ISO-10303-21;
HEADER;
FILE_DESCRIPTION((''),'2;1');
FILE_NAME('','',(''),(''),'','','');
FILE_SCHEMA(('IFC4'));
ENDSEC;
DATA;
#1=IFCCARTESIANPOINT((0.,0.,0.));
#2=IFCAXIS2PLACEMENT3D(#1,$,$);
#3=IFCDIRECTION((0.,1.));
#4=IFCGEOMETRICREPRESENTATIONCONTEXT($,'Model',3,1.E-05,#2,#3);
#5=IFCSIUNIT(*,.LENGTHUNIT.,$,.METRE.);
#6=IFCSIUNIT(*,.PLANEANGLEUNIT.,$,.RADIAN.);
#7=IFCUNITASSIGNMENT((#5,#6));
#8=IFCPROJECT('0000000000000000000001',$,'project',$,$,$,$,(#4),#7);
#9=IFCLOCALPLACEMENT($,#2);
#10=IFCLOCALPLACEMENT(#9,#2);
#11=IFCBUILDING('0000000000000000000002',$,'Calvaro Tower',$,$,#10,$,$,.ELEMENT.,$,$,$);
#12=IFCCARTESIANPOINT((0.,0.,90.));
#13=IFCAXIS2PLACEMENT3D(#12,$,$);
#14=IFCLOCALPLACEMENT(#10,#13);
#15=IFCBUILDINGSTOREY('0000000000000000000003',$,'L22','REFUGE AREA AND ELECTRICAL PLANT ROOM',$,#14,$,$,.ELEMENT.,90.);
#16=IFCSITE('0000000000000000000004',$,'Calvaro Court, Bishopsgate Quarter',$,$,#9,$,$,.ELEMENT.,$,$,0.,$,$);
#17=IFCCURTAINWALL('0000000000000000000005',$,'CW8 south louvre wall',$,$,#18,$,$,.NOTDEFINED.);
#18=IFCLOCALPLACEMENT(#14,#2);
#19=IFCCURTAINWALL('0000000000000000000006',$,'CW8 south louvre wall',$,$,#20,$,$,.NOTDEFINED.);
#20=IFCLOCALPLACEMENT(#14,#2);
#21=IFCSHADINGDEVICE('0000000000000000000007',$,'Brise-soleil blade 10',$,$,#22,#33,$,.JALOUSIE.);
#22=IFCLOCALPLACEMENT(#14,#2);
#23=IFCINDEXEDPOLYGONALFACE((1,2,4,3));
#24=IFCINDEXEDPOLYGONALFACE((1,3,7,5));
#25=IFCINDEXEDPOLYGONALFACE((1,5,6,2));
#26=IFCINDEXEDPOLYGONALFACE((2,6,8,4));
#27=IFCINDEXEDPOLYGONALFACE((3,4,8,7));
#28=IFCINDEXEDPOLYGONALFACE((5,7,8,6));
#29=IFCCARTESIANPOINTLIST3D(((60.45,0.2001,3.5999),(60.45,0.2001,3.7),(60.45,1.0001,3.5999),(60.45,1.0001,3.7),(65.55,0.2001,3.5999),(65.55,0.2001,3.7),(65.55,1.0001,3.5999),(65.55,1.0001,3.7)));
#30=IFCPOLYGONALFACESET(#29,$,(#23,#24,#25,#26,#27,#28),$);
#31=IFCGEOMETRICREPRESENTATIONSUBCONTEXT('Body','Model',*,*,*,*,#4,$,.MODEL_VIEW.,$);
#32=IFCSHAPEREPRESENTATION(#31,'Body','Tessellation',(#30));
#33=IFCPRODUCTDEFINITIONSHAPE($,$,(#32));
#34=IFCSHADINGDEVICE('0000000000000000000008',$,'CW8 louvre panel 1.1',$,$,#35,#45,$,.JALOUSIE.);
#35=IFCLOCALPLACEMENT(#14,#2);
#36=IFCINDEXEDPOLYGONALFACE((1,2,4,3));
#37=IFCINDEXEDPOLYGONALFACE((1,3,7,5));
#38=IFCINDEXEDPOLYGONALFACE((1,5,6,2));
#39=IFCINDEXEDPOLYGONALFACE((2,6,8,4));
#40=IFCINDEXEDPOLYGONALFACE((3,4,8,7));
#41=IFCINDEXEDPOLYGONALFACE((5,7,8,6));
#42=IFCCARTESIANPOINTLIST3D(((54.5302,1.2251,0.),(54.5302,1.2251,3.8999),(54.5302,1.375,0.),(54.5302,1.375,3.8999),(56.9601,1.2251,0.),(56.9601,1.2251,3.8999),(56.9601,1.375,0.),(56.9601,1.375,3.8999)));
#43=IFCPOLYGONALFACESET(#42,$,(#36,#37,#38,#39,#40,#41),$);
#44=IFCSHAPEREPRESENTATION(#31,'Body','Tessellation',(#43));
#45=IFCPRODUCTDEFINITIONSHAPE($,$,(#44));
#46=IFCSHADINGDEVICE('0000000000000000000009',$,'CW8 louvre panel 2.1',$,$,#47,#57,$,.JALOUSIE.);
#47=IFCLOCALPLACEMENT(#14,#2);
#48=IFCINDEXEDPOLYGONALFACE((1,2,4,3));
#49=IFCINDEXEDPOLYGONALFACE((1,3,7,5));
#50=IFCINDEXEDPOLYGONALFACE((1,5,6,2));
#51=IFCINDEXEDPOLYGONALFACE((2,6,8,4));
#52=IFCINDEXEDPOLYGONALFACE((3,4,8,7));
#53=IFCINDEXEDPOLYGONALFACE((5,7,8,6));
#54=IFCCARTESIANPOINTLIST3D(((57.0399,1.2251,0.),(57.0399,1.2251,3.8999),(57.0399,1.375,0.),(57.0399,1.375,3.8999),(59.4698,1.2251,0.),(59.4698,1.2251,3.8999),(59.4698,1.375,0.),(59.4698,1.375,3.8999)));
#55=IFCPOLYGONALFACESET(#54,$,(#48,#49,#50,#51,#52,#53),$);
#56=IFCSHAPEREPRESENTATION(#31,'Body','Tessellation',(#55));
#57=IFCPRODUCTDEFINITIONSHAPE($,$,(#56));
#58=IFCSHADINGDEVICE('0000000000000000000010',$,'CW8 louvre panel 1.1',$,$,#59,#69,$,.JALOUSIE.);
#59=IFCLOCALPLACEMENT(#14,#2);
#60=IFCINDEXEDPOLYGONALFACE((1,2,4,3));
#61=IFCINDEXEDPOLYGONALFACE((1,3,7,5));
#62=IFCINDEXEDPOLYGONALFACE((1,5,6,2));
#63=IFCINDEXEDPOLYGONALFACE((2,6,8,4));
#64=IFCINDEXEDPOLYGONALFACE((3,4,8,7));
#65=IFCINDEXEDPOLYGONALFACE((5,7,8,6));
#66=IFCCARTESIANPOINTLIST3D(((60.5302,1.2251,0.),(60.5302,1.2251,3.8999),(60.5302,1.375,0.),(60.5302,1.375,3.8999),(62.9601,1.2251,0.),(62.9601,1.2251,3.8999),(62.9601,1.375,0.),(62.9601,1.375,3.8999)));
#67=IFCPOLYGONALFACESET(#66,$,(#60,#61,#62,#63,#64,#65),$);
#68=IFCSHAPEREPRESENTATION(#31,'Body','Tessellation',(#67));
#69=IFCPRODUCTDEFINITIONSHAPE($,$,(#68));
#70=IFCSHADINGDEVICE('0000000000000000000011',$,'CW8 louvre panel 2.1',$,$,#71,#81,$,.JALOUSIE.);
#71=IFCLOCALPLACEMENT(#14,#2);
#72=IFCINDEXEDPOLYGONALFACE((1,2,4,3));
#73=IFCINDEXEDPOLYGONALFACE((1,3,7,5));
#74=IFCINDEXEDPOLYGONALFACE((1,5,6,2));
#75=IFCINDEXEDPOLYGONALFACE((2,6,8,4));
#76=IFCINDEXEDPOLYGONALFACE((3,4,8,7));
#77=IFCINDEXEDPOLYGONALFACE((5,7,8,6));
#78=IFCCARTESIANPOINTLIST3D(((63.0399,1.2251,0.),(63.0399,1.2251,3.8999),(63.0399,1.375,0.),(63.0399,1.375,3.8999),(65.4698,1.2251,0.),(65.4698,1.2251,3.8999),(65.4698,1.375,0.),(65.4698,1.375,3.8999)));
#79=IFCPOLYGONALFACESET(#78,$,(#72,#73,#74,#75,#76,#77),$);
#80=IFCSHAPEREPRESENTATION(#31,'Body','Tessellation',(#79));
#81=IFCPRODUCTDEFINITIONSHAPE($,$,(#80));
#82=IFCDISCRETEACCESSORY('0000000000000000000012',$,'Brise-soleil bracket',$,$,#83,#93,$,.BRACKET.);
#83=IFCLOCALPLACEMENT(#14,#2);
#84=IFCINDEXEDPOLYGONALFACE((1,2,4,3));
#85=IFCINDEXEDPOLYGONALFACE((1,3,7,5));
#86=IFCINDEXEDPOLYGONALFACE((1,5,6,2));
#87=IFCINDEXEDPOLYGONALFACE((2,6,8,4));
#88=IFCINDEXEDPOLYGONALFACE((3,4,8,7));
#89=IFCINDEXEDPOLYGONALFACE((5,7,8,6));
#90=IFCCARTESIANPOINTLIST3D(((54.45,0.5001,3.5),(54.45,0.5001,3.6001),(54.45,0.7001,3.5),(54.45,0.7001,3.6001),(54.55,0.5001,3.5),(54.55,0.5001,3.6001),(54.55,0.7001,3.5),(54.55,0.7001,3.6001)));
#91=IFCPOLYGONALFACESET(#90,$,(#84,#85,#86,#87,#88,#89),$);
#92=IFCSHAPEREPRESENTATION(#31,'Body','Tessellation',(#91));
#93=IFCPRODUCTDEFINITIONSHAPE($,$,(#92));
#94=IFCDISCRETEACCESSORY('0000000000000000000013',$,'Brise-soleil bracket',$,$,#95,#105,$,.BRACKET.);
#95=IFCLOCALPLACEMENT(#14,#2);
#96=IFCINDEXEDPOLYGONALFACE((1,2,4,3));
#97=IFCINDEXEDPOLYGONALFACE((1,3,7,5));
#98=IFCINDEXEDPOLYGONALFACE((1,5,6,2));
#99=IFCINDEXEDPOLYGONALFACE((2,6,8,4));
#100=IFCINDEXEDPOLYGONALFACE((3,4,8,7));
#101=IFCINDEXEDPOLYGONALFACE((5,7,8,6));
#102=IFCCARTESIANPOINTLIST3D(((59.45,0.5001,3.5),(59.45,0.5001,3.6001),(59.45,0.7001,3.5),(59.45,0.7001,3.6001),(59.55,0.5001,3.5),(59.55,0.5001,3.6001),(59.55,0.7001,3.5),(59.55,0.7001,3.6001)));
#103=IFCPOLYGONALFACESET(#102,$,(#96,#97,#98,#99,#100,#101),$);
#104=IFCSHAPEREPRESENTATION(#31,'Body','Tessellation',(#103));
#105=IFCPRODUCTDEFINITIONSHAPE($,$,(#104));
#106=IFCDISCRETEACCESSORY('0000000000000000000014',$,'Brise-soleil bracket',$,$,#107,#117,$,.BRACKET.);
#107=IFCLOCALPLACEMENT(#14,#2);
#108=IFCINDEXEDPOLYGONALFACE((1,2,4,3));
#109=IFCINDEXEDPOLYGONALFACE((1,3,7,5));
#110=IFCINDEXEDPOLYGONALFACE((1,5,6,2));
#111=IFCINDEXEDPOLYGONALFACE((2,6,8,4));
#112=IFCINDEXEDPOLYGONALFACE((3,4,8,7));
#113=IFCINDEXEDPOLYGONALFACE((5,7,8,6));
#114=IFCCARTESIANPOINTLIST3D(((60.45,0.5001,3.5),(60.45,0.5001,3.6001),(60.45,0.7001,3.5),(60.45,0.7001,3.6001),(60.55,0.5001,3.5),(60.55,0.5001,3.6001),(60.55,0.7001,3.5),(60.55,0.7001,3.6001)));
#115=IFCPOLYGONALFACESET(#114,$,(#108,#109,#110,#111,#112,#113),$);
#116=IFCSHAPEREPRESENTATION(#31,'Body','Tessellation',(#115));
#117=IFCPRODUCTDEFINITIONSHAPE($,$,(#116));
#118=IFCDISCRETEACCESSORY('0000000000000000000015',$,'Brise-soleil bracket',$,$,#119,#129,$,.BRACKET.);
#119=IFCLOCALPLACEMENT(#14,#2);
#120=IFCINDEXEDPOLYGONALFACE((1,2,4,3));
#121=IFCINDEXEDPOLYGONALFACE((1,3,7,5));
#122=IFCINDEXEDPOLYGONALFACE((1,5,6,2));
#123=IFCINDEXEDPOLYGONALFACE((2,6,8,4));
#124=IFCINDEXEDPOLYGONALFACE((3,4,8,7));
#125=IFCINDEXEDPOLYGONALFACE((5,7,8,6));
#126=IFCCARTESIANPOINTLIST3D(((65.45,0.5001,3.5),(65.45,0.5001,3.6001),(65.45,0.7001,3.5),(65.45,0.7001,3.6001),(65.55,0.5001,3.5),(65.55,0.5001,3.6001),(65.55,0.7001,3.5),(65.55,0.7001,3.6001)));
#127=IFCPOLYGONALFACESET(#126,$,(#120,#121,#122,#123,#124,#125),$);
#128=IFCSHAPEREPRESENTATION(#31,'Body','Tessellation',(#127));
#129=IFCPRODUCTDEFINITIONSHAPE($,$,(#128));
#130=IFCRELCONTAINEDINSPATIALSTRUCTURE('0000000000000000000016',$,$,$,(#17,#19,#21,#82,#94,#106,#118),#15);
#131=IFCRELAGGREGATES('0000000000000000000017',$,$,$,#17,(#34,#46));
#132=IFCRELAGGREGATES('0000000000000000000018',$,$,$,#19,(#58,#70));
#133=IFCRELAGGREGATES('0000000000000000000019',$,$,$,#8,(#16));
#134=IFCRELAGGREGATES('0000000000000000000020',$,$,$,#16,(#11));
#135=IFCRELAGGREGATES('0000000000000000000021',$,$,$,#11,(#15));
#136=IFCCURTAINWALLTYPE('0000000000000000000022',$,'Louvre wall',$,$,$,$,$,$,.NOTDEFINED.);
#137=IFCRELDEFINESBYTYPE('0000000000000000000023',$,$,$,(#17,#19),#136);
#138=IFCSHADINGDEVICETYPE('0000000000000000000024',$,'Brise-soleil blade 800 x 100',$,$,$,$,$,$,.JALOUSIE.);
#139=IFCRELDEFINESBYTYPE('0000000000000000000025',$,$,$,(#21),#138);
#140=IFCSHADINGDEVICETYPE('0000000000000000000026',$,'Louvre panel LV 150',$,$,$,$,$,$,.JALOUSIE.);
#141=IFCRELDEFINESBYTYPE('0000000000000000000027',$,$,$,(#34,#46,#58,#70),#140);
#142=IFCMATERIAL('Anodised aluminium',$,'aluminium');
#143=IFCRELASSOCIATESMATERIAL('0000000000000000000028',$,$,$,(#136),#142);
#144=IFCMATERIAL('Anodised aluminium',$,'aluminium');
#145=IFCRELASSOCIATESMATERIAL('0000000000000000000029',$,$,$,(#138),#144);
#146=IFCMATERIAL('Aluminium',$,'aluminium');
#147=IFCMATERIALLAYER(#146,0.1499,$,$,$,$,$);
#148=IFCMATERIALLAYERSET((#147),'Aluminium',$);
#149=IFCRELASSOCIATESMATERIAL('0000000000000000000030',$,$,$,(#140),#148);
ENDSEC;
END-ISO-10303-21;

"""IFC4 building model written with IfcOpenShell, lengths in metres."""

from ifc_helpers import new_model, si_unit, direction, frame, origin, origin_2d, place, context, subcontext, project, spatial, rectangle, extrude, material, layer, layer_set, material_profile, profile_set, type_object, element, aggregate, save


model = new_model("IFC4")

# Units and contexts
model_context = context("Model", 3, precision=1e-05, world=origin(), true_north=direction((0.0, 1.0)))
body_context = subcontext(model_context, "Body", "Model", "MODEL_VIEW")
ifc_project = project(units=[si_unit("LENGTHUNIT", "METRE"), si_unit("PLANEANGLEUNIT", "RADIAN")], contexts=[model_context])

# Site, building, storey
site_placement = place(None, origin())
site = spatial("IfcSite", under=ifc_project, at=site_placement, Name="Calvaro Court, Bishopsgate Quarter", CompositionType="ELEMENT", RefElevation=0.0)
building_placement = place(site_placement, origin())
building = spatial("IfcBuilding", under=site, at=building_placement, Name="Calvaro Tower", CompositionType="ELEMENT")
storey_placement = place(building_placement, frame((0.0, 0.0, 90.0)))
storey = spatial("IfcBuildingStorey", under=building, at=storey_placement, Name="L22", Description="REFUGE AREA AND ELECTRICAL PLANT ROOM", CompositionType="ELEMENT", Elevation=90.0)

# Curtain walls
ifc_material_1 = material(Name="Anodised aluminium", Category="aluminium")
curtain_wall_type = type_object("IfcCurtainWallType", Name="Louvre wall", PredefinedType="NOTDEFINED", material=ifc_material_1)
curtain_wall_1_placement = place(storey_placement, origin())
curtain_wall_1 = element("IfcCurtainWall", 1, at=curtain_wall_1_placement, inside=storey, type_object=curtain_wall_type, Name="CW8 south louvre wall", PredefinedType="NOTDEFINED")
curtain_wall_2_placement = place(storey_placement, origin())
curtain_wall_2 = element("IfcCurtainWall", 2, at=curtain_wall_2_placement, inside=storey, type_object=curtain_wall_type, Name="CW8 south louvre wall", PredefinedType="NOTDEFINED")

# Shading devices
ifc_material_2 = material(Name="Anodised aluminium", Category="aluminium")
ifc_material_profile_1 = material_profile(ifc_material_2, rectangle(XDim=0.8, YDim=0.1001, at=origin_2d()), Name="Brise-soleil blade 800 x 100")
ifc_profile_set_1 = profile_set([ifc_material_profile_1], Name="Anodised aluminium")
shading_device_type_1 = type_object("IfcShadingDeviceType", Name="Brise-soleil blade 800 x 100", PredefinedType="JALOUSIE", material=ifc_profile_set_1)
shading_device_1_placement = place(storey_placement, frame((60.45, 0.6001, 3.6499), z_axis=(1.0, 0.0, 0.0), x_axis=(0.0, 1.0, 0.0)))
element("IfcShadingDevice", 3, at=shading_device_1_placement, inside=storey, type_object=shading_device_type_1, Name="Brise-soleil blade 10", PredefinedType="JALOUSIE", context=body_context, shape_type="SweptSolid", body=[
    extrude(rectangle(XDim=0.8, YDim=0.1001, at=origin_2d()), origin(), (0.0, 0.0, 1.0), 5.1001),
])
ifc_material_3 = material(Name="Aluminium", Category="aluminium")
ifc_layer_1 = layer(ifc_material_3, 0.1499)
ifc_layer_set_1 = layer_set([ifc_layer_1], Name="Aluminium")
shading_device_type_2 = type_object("IfcShadingDeviceType", Name="Louvre panel LV 150", PredefinedType="JALOUSIE", material=ifc_layer_set_1)
shading_device_2_placement = place(storey_placement, frame((55.7451, 1.3, 0.0), z_axis=(0.0, 0.0, 1.0), x_axis=(1.0, 0.0, 0.0)))
shading_device_2 = element("IfcShadingDevice", 4, at=shading_device_2_placement, type_object=shading_device_type_2, Name="CW8 louvre panel 1.1", PredefinedType="JALOUSIE", context=body_context, shape_type="SweptSolid", body=[
    extrude(rectangle(XDim=2.4299, YDim=0.1499, at=origin_2d()), origin(), (0.0, 0.0, 1.0), 3.8999),
])
shading_device_3_placement = place(storey_placement, frame((58.2549, 1.3, 0.0), z_axis=(0.0, 0.0, 1.0), x_axis=(1.0, 0.0, 0.0)))
shading_device_3 = element("IfcShadingDevice", 5, at=shading_device_3_placement, type_object=shading_device_type_2, Name="CW8 louvre panel 2.1", PredefinedType="JALOUSIE", context=body_context, shape_type="SweptSolid", body=[
    extrude(rectangle(XDim=2.4299, YDim=0.1499, at=origin_2d()), origin(), (0.0, 0.0, 1.0), 3.8999),
])
aggregate(curtain_wall_1, [shading_device_2, shading_device_3])
shading_device_4_placement = place(storey_placement, frame((61.7451, 1.3, 0.0), z_axis=(0.0, 0.0, 1.0), x_axis=(1.0, 0.0, 0.0)))
shading_device_4 = element("IfcShadingDevice", 6, at=shading_device_4_placement, type_object=shading_device_type_2, Name="CW8 louvre panel 1.1", PredefinedType="JALOUSIE", context=body_context, shape_type="SweptSolid", body=[
    extrude(rectangle(XDim=2.4299, YDim=0.1499, at=origin_2d()), origin(), (0.0, 0.0, 1.0), 3.8999),
])
shading_device_5_placement = place(storey_placement, frame((64.2549, 1.3, 0.0), z_axis=(0.0, 0.0, 1.0), x_axis=(1.0, 0.0, 0.0)))
shading_device_5 = element("IfcShadingDevice", 7, at=shading_device_5_placement, type_object=shading_device_type_2, Name="CW8 louvre panel 2.1", PredefinedType="JALOUSIE", context=body_context, shape_type="SweptSolid", body=[
    extrude(rectangle(XDim=2.4299, YDim=0.1499, at=origin_2d()), origin(), (0.0, 0.0, 1.0), 3.8999),
])
aggregate(curtain_wall_2, [shading_device_4, shading_device_5])

# Discrete accessories
for number, where, z_axis, x_axis, name in (
    (8, (54.5, 0.6001, 3.5), (0.0, 0.0, 1.0), (1.0, 0.0, 0.0), "Brise-soleil bracket"),
    (9, (59.5, 0.6001, 3.5), (0.0, 0.0, 1.0), (1.0, 0.0, 0.0), "Brise-soleil bracket"),
    (10, (60.5, 0.6001, 3.5), (0.0, 0.0, 1.0), (1.0, 0.0, 0.0), "Brise-soleil bracket"),
    (11, (65.5, 0.6001, 3.5), (0.0, 0.0, 1.0), (1.0, 0.0, 0.0), "Brise-soleil bracket"),
):
    element("IfcDiscreteAccessory", number, at=place(storey_placement, frame(where, z_axis=z_axis, x_axis=x_axis)), inside=storey, Name=name, PredefinedType="BRACKET", context=body_context, shape_type="SweptSolid", body=[
        extrude(rectangle(XDim=0.1001, YDim=0.2, at=origin_2d()), origin(), (0.0, 0.0, 1.0), 0.1001),
    ])

save(model, "model.ifc")
